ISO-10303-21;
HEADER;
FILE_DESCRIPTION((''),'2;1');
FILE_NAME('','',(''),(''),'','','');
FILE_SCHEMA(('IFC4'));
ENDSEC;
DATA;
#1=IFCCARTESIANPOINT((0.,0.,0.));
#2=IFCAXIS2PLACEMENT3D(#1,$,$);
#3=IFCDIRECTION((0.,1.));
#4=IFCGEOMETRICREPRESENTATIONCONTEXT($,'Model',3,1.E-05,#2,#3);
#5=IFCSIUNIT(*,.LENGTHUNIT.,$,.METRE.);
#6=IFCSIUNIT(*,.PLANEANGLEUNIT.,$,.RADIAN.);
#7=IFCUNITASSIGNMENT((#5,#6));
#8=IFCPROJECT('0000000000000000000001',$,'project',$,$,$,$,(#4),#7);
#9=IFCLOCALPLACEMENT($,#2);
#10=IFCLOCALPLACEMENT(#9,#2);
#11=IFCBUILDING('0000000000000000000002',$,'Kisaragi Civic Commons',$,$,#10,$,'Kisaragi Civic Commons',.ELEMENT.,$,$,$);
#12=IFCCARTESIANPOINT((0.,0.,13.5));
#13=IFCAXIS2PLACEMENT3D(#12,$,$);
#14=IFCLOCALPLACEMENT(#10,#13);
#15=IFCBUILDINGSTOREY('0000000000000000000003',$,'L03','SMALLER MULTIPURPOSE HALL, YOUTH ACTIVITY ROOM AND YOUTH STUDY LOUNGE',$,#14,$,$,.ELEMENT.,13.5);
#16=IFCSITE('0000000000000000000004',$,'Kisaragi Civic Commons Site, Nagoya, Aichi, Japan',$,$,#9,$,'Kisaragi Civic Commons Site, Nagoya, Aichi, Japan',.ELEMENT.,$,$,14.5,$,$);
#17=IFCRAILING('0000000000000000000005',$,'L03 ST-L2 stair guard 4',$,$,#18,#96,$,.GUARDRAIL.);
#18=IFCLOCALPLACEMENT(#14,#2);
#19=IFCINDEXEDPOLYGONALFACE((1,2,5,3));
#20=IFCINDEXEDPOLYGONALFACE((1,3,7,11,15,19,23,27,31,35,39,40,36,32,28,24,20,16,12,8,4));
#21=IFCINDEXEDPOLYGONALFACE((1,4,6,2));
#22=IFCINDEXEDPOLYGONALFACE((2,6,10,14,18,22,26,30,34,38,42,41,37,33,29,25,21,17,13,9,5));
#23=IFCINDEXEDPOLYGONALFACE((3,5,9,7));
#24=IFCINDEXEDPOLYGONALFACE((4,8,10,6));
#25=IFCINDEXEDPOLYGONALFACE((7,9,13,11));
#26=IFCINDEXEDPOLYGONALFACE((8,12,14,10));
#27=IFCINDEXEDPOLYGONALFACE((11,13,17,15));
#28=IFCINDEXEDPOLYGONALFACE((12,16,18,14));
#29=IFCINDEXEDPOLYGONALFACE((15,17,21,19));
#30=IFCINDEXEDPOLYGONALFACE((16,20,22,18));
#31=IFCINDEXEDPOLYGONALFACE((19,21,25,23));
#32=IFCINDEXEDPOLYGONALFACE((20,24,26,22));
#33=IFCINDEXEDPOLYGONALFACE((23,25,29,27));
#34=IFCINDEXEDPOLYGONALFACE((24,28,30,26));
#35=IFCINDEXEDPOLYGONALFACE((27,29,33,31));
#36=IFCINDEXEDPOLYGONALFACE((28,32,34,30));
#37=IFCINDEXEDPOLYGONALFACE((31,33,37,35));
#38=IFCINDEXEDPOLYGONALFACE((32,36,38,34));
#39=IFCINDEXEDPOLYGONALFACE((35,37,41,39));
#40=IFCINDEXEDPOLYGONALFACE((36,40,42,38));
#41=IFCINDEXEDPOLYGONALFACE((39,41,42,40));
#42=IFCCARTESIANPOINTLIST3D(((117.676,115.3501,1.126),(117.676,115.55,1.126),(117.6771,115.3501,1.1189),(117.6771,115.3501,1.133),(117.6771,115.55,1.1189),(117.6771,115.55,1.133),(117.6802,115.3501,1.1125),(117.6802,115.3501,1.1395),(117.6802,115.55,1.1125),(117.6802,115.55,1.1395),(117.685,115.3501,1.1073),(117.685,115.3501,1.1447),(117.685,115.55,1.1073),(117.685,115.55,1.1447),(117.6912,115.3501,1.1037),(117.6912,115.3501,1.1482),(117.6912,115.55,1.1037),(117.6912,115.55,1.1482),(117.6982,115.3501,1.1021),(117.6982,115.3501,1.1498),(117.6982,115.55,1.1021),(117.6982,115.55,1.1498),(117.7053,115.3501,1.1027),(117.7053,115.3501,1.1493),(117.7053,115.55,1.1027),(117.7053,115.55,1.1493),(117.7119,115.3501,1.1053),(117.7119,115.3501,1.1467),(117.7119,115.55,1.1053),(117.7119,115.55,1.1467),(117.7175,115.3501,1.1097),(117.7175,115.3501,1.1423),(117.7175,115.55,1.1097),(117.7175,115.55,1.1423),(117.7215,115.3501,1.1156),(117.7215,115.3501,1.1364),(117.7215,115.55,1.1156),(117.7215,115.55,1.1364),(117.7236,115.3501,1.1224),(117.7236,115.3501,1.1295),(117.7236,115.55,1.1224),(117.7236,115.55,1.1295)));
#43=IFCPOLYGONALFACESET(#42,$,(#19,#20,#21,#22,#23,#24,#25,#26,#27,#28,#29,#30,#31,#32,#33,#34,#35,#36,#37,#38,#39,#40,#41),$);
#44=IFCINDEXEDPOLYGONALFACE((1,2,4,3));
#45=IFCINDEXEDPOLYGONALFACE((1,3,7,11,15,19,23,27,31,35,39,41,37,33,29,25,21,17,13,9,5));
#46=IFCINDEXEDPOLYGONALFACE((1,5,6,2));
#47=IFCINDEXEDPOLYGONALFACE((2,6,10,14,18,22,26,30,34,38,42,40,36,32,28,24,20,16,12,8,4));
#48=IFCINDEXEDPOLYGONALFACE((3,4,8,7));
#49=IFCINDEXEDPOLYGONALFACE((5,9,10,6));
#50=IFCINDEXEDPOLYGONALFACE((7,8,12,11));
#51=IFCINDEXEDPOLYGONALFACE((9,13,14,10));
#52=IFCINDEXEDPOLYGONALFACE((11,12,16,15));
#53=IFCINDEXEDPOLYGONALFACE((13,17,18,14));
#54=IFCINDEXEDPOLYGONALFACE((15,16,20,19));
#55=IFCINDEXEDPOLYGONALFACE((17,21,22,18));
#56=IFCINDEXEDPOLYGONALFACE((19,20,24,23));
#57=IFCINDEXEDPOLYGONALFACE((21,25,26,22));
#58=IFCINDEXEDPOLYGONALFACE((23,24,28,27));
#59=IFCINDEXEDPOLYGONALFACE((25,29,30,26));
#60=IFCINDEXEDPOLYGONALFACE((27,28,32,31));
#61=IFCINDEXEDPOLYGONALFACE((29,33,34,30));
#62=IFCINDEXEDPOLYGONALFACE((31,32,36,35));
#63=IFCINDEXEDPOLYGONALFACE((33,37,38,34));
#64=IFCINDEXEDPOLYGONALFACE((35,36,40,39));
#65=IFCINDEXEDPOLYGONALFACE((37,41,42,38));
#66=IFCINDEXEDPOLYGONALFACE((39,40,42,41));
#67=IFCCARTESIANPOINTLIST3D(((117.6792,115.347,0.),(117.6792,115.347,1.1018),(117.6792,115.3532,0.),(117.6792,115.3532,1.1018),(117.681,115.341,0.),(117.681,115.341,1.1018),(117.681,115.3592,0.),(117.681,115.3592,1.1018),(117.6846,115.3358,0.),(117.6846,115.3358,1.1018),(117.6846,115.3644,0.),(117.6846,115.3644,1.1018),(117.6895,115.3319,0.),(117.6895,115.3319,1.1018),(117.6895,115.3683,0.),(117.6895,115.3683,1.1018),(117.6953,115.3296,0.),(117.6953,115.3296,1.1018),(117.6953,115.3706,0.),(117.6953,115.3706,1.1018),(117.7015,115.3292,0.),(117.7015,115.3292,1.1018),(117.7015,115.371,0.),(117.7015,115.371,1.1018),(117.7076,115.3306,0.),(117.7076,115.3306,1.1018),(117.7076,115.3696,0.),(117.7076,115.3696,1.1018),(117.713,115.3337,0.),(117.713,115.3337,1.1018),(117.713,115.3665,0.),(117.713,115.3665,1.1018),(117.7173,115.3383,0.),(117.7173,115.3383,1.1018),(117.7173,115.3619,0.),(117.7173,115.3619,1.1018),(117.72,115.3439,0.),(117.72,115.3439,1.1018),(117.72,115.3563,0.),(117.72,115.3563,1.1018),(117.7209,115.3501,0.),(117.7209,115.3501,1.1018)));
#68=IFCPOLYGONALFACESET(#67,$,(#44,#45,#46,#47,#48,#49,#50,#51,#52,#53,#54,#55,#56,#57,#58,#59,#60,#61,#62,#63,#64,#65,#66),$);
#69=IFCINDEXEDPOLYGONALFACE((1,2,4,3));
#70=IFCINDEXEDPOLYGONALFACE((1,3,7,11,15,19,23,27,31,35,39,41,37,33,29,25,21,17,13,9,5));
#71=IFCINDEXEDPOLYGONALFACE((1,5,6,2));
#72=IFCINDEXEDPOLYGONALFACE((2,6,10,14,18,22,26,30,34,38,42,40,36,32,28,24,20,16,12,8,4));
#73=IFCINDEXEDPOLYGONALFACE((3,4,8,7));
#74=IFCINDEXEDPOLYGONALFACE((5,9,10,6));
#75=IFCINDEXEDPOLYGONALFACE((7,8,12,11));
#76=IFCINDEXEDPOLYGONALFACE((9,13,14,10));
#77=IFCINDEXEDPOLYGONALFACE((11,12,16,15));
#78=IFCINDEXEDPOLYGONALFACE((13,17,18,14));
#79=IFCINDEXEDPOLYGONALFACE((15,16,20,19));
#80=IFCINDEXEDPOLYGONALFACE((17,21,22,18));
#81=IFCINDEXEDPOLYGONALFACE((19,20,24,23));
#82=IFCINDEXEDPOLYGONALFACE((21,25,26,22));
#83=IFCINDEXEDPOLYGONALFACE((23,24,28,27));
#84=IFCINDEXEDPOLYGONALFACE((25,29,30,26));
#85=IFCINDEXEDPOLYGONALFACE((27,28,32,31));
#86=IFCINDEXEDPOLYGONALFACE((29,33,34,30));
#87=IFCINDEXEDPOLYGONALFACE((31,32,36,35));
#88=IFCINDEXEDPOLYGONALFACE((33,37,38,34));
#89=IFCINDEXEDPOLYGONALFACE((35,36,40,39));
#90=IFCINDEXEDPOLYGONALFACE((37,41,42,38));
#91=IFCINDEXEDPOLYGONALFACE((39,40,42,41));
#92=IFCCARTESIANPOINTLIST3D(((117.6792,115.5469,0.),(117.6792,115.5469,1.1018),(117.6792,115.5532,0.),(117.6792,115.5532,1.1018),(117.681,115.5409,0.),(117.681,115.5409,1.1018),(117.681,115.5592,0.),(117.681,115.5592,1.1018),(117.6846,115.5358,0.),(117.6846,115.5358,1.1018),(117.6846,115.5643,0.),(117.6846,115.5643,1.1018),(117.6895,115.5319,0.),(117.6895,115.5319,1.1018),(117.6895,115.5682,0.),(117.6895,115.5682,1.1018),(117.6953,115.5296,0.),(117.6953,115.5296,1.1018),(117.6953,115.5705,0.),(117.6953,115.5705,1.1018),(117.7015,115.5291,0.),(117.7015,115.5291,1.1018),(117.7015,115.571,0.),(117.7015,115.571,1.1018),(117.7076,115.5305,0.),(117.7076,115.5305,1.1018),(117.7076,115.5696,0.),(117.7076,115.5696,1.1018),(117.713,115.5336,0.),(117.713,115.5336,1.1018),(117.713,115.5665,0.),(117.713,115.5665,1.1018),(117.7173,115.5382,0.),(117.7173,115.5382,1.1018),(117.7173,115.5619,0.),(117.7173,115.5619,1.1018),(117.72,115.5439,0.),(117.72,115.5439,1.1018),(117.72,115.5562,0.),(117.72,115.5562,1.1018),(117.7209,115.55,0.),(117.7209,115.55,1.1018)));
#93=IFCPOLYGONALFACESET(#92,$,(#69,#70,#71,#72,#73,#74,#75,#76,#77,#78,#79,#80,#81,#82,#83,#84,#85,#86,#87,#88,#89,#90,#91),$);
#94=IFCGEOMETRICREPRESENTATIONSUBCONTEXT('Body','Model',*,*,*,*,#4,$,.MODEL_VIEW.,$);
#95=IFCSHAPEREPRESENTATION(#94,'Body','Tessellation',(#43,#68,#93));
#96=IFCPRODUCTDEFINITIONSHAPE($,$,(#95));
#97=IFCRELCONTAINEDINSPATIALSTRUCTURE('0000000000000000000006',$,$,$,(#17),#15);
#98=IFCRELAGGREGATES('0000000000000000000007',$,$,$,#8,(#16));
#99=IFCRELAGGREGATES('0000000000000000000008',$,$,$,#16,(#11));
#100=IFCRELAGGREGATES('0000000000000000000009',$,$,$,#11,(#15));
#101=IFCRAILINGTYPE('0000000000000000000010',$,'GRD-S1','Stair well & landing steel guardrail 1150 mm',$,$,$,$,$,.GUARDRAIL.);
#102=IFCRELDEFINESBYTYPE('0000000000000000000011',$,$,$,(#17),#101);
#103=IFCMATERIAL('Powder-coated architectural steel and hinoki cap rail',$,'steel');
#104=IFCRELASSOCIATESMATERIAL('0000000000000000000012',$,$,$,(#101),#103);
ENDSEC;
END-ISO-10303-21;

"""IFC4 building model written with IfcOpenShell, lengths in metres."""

from ifc_helpers import new_model, si_unit, direction, frame, origin, origin_2d, place, context, subcontext, project, spatial, circle, extrude, material, type_object, element, save


model = new_model("IFC4")

# Units and contexts
model_context = context("Model", 3, precision=1e-05, world=origin(), true_north=direction((0.0, 1.0)))
body_context = subcontext(model_context, "Body", "Model", "MODEL_VIEW")
ifc_project = project(units=[si_unit("LENGTHUNIT", "METRE"), si_unit("PLANEANGLEUNIT", "RADIAN")], contexts=[model_context])

# Site, building, storey
site_placement = place(None, origin())
site = spatial("IfcSite", under=ifc_project, at=site_placement, Name="Kisaragi Civic Commons Site, Nagoya, Aichi, Japan", LongName="Kisaragi Civic Commons Site, Nagoya, Aichi, Japan", CompositionType="ELEMENT", RefElevation=14.5)
building_placement = place(site_placement, origin())
building = spatial("IfcBuilding", under=site, at=building_placement, Name="Kisaragi Civic Commons", LongName="Kisaragi Civic Commons", CompositionType="ELEMENT")
storey_placement = place(building_placement, frame((0.0, 0.0, 13.5)))
storey = spatial("IfcBuildingStorey", under=building, at=storey_placement, Name="L03", Description="SMALLER MULTIPURPOSE HALL, YOUTH ACTIVITY ROOM AND YOUTH STUDY LOUNGE", CompositionType="ELEMENT", Elevation=13.5)

# Railing
ifc_material_1 = material(Name="Powder-coated architectural steel and hinoki cap rail", Category="steel")
railing_type_1 = type_object("IfcRailingType", Name="GRD-S1", Description="Stair well & landing steel guardrail 1150 mm", PredefinedType="GUARDRAIL", material=ifc_material_1)
railing_1_placement = place(storey_placement, frame((117.7, 115.3501, 0.0)))
element("IfcRailing", 1, at=railing_1_placement, inside=storey, type_object=railing_type_1, Name="L03 ST-L2 stair guard 4", PredefinedType="GUARDRAIL", context=body_context, shape_type="SweptSolid", body=[
    extrude(circle(Radius=0.0239, at=origin_2d()), frame((0.0, 0.0, 1.126), z_axis=(0.0, 1.0, 0.0), x_axis=(-1.0, 0.0, 0.0)), (0.0, 0.0, 1.0), 0.2),
    extrude(circle(Radius=0.021, at=origin_2d()), origin(), (0.0, 0.0, 1.0), 1.1018),
    extrude(circle(Radius=0.021, at=origin_2d()), frame((0.0, 0.2, 0.0)), (0.0, 0.0, 1.0), 1.1018),
])

save(model, "model.ifc")
